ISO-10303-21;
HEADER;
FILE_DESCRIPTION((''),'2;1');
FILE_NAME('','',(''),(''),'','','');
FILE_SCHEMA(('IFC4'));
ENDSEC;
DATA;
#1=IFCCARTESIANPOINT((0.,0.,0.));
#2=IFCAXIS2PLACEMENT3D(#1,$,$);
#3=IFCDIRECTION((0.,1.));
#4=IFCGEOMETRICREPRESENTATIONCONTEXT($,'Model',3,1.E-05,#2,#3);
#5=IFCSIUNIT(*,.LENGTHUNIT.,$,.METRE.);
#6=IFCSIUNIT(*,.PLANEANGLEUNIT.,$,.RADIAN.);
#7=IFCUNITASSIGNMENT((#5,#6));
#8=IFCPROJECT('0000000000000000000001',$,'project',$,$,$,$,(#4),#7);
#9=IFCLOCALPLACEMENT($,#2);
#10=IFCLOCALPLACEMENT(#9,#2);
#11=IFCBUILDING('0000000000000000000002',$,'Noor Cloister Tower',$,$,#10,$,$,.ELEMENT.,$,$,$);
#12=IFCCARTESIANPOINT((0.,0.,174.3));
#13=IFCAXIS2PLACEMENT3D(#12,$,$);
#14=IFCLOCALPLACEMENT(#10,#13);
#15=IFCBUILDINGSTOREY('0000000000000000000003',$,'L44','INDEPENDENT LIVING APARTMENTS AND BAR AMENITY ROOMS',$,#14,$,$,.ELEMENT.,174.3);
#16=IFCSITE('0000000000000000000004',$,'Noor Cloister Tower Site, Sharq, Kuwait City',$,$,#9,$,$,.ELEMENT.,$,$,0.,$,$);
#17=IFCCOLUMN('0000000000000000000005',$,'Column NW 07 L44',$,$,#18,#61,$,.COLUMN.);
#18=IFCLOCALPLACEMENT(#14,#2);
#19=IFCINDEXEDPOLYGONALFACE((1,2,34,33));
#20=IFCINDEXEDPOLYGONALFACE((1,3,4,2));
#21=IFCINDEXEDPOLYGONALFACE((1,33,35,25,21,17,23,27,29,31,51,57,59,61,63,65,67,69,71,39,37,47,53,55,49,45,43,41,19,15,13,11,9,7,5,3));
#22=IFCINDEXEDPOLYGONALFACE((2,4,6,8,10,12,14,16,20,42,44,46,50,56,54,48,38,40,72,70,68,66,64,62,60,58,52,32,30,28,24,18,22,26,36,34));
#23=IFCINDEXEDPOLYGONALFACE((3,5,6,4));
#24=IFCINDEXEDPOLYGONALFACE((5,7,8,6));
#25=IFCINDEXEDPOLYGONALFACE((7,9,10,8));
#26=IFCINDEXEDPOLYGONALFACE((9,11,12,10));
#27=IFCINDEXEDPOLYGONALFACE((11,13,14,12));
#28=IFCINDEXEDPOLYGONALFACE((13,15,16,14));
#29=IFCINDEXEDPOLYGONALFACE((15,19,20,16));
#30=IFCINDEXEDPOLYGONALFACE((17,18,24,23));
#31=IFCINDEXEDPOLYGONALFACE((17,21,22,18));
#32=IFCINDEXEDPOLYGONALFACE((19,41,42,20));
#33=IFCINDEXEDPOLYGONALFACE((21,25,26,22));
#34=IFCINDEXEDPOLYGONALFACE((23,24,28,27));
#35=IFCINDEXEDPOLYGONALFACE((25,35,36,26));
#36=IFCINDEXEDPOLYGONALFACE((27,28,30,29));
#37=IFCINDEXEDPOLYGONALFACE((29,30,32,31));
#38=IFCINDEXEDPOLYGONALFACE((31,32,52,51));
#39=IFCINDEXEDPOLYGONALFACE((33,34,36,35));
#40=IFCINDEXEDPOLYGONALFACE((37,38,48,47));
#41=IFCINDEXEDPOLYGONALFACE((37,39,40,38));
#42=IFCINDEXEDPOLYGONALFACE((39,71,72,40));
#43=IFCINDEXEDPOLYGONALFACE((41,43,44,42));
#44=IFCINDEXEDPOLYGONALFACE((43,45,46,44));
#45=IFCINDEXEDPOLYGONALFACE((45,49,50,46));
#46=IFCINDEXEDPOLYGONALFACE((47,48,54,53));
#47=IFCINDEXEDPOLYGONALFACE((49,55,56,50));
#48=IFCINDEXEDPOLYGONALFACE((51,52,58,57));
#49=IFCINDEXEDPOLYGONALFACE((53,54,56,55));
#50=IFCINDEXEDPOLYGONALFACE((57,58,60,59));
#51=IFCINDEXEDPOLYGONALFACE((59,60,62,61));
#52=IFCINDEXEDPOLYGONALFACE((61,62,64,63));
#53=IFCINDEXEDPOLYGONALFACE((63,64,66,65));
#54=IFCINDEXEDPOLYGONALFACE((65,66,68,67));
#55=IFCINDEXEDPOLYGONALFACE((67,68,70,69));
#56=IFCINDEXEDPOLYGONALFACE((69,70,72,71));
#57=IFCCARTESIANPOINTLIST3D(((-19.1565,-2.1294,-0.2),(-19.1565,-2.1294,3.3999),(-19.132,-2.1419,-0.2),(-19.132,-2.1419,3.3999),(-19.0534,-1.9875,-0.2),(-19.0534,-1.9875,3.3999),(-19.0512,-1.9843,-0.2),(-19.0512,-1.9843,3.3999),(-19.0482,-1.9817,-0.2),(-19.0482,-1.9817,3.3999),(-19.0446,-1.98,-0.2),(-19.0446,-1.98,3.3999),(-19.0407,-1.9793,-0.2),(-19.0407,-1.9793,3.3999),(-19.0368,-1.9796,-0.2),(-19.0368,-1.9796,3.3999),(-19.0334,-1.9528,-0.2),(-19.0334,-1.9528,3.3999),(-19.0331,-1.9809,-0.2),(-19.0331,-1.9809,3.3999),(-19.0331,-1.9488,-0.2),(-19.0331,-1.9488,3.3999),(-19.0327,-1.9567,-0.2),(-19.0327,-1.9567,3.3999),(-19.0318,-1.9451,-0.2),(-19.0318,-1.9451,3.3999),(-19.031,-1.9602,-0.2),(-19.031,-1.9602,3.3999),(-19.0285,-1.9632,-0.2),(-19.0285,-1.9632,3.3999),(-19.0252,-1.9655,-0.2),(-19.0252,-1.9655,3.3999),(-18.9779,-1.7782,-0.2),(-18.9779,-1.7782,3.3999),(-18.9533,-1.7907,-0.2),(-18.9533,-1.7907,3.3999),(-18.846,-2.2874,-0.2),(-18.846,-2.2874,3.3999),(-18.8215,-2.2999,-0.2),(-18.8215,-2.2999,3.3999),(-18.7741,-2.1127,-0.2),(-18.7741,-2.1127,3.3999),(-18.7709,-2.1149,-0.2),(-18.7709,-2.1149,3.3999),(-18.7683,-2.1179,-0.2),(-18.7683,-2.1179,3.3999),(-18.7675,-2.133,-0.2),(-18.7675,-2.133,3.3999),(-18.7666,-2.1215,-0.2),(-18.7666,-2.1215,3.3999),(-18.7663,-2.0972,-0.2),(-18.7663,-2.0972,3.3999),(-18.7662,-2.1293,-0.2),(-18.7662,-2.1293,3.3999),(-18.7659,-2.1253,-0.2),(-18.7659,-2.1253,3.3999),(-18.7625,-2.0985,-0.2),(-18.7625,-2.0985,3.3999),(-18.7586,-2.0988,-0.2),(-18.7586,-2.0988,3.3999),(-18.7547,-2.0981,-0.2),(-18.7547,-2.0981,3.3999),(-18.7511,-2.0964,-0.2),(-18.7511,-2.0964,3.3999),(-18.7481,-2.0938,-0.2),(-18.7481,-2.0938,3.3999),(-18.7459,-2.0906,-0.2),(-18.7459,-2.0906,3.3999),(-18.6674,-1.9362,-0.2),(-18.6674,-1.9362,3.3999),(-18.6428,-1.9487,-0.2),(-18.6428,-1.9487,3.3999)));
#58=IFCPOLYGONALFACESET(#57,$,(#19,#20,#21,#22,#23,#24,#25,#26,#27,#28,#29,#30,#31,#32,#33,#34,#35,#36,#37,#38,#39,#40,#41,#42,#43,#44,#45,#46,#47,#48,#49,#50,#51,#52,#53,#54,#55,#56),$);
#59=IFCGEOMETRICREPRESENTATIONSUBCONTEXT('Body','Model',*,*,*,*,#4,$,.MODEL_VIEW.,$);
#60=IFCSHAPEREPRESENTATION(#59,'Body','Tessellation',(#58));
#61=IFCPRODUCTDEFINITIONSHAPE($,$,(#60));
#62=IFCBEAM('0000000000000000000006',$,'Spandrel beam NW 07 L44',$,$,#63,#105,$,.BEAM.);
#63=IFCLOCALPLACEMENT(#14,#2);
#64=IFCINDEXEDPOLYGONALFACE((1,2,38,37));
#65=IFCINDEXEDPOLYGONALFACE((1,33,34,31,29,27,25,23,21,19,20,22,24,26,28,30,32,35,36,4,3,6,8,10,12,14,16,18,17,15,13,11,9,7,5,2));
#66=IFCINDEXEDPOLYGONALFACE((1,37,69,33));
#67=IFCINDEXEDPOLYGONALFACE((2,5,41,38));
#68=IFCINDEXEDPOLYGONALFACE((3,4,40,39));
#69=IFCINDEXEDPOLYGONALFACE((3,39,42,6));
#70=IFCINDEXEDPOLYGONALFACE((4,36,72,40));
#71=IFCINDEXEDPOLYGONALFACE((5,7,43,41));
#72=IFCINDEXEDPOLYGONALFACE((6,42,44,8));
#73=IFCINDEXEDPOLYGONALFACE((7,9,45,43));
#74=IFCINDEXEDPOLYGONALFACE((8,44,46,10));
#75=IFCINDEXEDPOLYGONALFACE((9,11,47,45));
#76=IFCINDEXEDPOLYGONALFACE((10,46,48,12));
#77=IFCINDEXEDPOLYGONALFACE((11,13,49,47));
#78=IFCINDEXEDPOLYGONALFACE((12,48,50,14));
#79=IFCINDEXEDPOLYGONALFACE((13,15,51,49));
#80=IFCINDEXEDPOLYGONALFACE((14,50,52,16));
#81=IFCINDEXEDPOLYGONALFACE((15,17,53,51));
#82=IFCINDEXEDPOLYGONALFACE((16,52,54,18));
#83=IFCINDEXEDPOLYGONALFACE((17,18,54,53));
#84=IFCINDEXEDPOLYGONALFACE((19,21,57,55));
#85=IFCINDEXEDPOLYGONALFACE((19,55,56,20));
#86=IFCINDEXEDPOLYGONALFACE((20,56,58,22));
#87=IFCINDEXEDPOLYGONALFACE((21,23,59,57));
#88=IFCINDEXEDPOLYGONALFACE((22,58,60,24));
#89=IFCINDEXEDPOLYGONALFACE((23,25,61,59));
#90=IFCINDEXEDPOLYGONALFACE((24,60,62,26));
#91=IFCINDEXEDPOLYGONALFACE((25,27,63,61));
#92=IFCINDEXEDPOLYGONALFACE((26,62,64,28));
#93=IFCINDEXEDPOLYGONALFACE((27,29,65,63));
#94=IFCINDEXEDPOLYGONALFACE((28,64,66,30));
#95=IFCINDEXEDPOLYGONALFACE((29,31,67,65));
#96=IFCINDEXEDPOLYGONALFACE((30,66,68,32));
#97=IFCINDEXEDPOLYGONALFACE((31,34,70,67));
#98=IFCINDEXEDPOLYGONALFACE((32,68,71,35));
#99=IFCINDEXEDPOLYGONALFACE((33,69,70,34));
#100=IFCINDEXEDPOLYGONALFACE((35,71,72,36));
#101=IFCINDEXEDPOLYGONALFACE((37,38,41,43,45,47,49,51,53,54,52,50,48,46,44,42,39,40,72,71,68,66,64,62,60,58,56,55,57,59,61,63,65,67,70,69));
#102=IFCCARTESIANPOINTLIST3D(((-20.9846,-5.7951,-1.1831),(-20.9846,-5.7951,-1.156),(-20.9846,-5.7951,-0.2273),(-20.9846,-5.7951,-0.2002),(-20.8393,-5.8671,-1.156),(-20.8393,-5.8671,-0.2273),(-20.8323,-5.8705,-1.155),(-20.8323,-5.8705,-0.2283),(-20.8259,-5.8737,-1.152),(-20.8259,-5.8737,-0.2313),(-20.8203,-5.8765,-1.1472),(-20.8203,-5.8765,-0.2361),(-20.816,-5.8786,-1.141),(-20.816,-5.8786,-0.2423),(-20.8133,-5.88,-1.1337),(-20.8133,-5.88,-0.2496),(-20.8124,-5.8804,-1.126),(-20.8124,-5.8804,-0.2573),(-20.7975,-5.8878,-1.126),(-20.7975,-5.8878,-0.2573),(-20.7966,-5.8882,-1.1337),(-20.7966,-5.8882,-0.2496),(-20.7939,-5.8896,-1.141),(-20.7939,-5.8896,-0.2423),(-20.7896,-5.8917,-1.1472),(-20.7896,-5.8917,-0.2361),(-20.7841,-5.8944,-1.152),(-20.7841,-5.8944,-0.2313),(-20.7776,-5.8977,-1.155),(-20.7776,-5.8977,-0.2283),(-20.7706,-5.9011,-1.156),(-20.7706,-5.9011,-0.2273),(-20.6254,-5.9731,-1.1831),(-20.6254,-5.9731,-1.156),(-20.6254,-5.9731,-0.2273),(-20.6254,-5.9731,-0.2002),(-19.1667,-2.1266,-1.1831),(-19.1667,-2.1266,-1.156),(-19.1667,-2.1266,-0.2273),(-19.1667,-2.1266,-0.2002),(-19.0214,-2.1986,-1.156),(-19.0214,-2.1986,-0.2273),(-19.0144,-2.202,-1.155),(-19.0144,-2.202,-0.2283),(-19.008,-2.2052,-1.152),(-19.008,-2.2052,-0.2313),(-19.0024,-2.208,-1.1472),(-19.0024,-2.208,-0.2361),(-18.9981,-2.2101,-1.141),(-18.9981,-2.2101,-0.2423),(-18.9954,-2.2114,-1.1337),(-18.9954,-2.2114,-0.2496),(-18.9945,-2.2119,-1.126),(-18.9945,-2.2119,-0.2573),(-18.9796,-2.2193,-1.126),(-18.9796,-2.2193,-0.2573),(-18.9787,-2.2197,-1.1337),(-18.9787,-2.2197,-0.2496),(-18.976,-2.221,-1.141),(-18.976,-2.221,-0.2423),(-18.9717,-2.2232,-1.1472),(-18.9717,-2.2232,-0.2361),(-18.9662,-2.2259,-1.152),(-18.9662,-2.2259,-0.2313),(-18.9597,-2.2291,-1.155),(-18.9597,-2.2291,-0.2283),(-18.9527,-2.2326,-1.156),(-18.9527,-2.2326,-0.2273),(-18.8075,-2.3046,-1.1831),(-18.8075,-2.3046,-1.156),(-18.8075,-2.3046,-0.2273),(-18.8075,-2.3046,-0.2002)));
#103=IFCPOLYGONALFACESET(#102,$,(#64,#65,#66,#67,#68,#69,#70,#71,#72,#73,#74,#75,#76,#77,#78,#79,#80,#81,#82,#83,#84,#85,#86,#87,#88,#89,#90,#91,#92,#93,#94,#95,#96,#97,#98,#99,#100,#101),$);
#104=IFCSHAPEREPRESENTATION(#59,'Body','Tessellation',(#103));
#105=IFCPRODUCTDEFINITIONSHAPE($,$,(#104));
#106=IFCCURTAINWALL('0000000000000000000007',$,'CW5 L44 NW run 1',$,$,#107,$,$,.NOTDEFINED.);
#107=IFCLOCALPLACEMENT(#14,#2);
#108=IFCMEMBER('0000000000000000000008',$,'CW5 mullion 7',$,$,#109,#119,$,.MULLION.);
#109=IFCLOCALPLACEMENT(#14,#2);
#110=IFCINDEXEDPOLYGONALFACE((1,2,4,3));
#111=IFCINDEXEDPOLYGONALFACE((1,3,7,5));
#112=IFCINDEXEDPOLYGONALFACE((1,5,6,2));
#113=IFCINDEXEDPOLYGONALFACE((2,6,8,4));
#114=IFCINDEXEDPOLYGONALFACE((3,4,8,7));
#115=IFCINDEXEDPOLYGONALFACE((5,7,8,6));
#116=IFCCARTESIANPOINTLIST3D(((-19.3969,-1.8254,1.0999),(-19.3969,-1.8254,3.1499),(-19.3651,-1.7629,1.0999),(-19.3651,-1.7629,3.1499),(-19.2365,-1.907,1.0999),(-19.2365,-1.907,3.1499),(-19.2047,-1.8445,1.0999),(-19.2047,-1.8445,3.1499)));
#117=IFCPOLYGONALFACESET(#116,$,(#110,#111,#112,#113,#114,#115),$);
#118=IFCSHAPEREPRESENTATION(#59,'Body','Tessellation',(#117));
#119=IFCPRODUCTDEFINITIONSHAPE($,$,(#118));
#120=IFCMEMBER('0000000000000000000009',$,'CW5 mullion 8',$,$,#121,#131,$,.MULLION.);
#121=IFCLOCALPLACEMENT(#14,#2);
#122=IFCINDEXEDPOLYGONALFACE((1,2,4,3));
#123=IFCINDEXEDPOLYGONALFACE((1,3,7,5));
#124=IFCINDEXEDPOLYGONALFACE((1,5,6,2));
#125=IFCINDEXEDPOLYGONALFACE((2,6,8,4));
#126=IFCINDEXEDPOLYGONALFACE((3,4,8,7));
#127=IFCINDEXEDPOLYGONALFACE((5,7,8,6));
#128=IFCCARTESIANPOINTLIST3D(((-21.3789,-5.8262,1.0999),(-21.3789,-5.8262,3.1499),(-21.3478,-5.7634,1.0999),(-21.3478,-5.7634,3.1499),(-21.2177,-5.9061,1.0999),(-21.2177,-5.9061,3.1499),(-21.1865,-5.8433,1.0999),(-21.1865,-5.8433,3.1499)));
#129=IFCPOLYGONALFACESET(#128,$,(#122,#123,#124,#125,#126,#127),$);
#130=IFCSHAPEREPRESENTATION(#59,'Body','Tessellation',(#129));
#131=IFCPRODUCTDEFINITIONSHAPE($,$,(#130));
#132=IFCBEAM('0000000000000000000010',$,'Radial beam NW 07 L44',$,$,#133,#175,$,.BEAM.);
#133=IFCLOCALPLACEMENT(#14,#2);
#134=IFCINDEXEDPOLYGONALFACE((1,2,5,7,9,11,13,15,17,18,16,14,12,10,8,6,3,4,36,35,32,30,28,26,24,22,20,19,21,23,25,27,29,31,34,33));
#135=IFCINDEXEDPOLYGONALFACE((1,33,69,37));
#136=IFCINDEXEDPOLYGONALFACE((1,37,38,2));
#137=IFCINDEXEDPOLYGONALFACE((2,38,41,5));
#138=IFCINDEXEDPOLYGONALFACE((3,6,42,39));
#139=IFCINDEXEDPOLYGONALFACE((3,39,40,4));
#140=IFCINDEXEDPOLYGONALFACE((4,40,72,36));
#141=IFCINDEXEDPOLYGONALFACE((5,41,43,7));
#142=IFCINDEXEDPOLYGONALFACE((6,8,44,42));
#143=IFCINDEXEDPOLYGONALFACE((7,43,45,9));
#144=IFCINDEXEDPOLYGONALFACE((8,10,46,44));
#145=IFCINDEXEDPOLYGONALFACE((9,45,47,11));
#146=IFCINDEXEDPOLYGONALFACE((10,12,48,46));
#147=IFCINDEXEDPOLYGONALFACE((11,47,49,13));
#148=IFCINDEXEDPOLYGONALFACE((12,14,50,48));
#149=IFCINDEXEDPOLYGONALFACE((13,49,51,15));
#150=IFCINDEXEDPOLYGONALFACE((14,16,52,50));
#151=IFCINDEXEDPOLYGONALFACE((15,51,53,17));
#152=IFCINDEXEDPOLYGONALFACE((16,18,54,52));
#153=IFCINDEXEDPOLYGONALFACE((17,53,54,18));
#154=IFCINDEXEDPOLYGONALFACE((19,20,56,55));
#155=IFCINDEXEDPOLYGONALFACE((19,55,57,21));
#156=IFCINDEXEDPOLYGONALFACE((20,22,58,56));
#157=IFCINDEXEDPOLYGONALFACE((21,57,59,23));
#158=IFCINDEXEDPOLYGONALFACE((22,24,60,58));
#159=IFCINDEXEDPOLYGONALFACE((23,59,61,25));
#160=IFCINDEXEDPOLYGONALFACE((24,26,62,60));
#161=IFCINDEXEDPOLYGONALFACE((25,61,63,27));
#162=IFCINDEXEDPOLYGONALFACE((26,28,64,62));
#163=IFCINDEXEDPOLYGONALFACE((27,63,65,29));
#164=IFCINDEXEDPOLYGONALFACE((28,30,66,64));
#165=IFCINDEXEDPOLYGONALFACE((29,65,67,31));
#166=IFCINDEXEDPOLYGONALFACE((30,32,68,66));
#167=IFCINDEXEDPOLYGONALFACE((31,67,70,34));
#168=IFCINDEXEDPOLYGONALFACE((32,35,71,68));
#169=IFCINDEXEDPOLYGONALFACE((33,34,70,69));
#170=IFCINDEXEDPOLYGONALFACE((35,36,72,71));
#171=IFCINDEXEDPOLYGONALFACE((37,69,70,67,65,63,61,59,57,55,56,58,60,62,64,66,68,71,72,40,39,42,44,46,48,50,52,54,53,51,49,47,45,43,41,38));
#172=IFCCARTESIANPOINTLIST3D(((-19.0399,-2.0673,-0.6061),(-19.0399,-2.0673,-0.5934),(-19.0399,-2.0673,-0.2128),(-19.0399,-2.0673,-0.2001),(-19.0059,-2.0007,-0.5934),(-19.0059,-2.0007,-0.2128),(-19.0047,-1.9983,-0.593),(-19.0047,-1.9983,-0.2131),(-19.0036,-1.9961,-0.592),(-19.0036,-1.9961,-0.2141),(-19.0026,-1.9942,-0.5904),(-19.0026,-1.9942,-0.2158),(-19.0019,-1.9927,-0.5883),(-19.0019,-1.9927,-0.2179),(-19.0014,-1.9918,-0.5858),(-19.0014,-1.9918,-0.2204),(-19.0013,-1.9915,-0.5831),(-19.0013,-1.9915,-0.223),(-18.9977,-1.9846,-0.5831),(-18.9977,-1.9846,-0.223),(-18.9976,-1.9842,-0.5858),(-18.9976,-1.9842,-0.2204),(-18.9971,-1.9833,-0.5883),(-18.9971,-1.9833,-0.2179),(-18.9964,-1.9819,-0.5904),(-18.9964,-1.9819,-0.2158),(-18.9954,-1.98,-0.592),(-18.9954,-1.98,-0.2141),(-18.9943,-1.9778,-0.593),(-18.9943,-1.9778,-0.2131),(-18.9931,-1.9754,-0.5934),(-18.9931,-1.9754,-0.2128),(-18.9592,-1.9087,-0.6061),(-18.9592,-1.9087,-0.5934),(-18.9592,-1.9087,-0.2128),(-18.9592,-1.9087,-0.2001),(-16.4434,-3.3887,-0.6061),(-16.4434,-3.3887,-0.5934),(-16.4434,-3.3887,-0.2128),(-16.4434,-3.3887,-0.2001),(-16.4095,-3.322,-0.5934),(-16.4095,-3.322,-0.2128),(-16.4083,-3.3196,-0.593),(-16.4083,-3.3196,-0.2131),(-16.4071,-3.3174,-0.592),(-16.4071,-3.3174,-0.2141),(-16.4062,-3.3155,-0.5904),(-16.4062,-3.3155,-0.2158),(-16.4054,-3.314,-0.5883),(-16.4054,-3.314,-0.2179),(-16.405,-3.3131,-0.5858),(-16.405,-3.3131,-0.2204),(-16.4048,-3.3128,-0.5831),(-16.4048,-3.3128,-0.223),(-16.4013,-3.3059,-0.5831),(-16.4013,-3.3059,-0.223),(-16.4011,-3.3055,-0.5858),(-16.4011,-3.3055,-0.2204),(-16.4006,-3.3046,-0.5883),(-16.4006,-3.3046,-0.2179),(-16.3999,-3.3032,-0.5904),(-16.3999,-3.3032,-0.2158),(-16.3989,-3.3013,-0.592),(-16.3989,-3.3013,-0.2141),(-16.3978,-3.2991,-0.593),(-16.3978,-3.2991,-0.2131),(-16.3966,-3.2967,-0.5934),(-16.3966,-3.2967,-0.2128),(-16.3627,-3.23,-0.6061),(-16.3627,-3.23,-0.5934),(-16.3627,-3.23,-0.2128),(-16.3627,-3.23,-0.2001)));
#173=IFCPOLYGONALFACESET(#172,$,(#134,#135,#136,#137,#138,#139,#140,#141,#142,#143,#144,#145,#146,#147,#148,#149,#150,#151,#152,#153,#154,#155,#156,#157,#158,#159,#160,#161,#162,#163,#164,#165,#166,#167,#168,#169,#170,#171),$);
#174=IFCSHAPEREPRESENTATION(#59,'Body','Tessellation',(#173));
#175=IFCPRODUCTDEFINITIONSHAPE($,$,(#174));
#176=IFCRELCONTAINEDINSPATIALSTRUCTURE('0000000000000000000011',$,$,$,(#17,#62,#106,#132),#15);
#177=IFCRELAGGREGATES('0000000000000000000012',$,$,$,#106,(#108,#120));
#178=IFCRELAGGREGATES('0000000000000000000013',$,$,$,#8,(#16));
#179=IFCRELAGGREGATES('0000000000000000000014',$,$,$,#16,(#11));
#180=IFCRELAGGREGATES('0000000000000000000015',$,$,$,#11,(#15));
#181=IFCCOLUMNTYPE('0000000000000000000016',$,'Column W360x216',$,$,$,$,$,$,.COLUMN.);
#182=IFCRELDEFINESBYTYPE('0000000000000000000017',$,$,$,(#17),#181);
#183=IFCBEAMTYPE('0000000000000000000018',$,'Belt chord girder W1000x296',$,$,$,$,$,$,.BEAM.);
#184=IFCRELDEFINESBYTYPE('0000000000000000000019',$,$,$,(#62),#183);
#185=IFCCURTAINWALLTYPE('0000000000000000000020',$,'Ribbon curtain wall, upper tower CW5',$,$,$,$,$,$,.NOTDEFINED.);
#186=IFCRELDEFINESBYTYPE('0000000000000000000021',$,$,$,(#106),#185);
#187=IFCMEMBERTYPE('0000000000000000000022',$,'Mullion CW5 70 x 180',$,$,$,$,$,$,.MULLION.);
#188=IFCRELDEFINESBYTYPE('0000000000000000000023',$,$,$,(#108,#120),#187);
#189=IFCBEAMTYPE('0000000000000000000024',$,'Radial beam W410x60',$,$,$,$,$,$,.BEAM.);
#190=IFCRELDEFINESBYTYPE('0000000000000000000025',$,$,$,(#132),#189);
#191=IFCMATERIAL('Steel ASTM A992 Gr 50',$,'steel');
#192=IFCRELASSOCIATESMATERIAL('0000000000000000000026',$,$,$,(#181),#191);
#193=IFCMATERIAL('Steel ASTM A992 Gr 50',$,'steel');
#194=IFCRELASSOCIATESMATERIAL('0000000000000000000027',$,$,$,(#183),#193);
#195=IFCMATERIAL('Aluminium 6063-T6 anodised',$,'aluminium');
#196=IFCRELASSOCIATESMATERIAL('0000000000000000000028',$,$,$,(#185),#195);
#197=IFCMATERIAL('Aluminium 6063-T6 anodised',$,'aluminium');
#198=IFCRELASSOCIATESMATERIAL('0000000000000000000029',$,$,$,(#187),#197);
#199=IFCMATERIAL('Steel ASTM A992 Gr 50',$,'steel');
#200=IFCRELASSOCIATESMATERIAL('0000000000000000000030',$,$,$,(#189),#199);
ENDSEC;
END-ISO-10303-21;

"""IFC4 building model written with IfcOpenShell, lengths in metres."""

from ifc_helpers import new_model, si_unit, direction, frame, origin, origin_2d, place, context, subcontext, project, spatial, rectangle, i_section, extrude, material, material_profile, profile_set, type_object, element, aggregate, save


model = new_model("IFC4")

# Units and contexts
model_context = context("Model", 3, precision=1e-05, world=origin(), true_north=direction((0.0, 1.0)))
body_context = subcontext(model_context, "Body", "Model", "MODEL_VIEW")
ifc_project = project(units=[si_unit("LENGTHUNIT", "METRE"), si_unit("PLANEANGLEUNIT", "RADIAN")], contexts=[model_context])

# Site, building, storey
site_placement = place(None, origin())
site = spatial("IfcSite", under=ifc_project, at=site_placement, Name="Noor Cloister Tower Site, Sharq, Kuwait City", CompositionType="ELEMENT", RefElevation=0.0)
building_placement = place(site_placement, origin())
building = spatial("IfcBuilding", under=site, at=building_placement, Name="Noor Cloister Tower", CompositionType="ELEMENT")
storey_placement = place(building_placement, frame((0.0, 0.0, 174.3)))
storey = spatial("IfcBuildingStorey", under=building, at=storey_placement, Name="L44", Description="INDEPENDENT LIVING APARTMENTS AND BAR AMENITY ROOMS", CompositionType="ELEMENT", Elevation=174.3)

# Column
ifc_material_1 = material(Name="Steel ASTM A992 Gr 50", Category="steel")
ifc_material_profile_1 = material_profile(ifc_material_1, i_section(OverallWidth=0.394, OverallDepth=0.376, WebThickness=0.0173, FlangeThickness=0.0276, FilletRadius=0.0151, at=origin_2d()), Name="W360x216")
ifc_profile_set_1 = profile_set([ifc_material_profile_1], Name="Steel ASTM A992 Gr 50")
column_type = type_object("IfcColumnType", Name="Column W360x216", PredefinedType="COLUMN", material=ifc_profile_set_1)
column_placement = place(storey_placement, frame((-18.8997, -2.0391, -0.2), z_axis=(0.0, 0.0, 1.0), x_axis=(-0.453461, -0.891276, 0.0)))
element("IfcColumn", 1, at=column_placement, inside=storey, type_object=column_type, Name="Column NW 07 L44", PredefinedType="COLUMN", context=body_context, shape_type="SweptSolid", body=[
    extrude(i_section(OverallWidth=0.394, OverallDepth=0.376, WebThickness=0.0173, FlangeThickness=0.0276, FilletRadius=0.0151, at=origin_2d()), origin(), (0.0, 0.0, 1.0), 3.5999),
])

# Beam
ifc_material_2 = material(Name="Steel ASTM A992 Gr 50", Category="steel")
ifc_material_profile_2 = material_profile(ifc_material_2, i_section(OverallWidth=0.4009, OverallDepth=0.9829, WebThickness=0.0166, FlangeThickness=0.0271, FilletRadius=0.03, at=origin_2d()), Name="W1000x296")
ifc_profile_set_2 = profile_set([ifc_material_profile_2], Name="Steel ASTM A992 Gr 50")
beam_type_1 = type_object("IfcBeamType", Name="Belt chord girder W1000x296", PredefinedType="BEAM", material=ifc_profile_set_2)
beam_1_placement = place(storey_placement, frame((-18.9871, -2.2156, -0.6917), z_axis=(-0.444015, -0.89602, 0.0), x_axis=(0.89602, -0.444015, 0.0)))
element("IfcBeam", 2, at=beam_1_placement, inside=storey, type_object=beam_type_1, Name="Spandrel beam NW 07 L44", PredefinedType="BEAM", context=body_context, shape_type="SweptSolid", body=[
    extrude(i_section(OverallWidth=0.4009, OverallDepth=0.9829, WebThickness=0.0166, FlangeThickness=0.0271, FilletRadius=0.03, at=origin_2d()), origin(), (0.0, 0.0, 1.0), 4.0942),
])

# Curtain wall, members
ifc_material_3 = material(Name="Aluminium 6063-T6 anodised", Category="aluminium")
curtain_wall_type = type_object("IfcCurtainWallType", Name="Ribbon curtain wall, upper tower CW5", PredefinedType="NOTDEFINED", material=ifc_material_3)
curtain_wall_placement = place(storey_placement, origin())
curtain_wall = element("IfcCurtainWall", 3, at=curtain_wall_placement, inside=storey, type_object=curtain_wall_type, Name="CW5 L44 NW run 1", PredefinedType="NOTDEFINED")
ifc_material_4 = material(Name="Aluminium 6063-T6 anodised", Category="aluminium")
ifc_material_profile_3 = material_profile(ifc_material_4, rectangle(XDim=0.1799, YDim=0.0701, at=origin_2d()), Name="180 x 70 mullion")
ifc_profile_set_3 = profile_set([ifc_material_profile_3], Name="Aluminium 6063-T6 anodised")
member_type = type_object("IfcMemberType", Name="Mullion CW5 70 x 180", PredefinedType="MULLION", material=ifc_profile_set_3)
member_1_placement = place(storey_placement, frame((-19.3008, -1.835, 1.0999), z_axis=(0.0, 0.0, 1.0), x_axis=(0.891276, -0.453461, 0.0)))
member_1 = element("IfcMember", 4, at=member_1_placement, type_object=member_type, Name="CW5 mullion 7", PredefinedType="MULLION", context=body_context, shape_type="SweptSolid", body=[
    extrude(rectangle(XDim=0.1799, YDim=0.0701, at=origin_2d()), origin(), (0.0, 0.0, 1.0), 2.05),
])
member_2_placement = place(storey_placement, frame((-21.2827, -5.8347, 1.0999), z_axis=(0.0, 0.0, 1.0), x_axis=(0.896029, -0.443997, 0.0)))
member_2 = element("IfcMember", 5, at=member_2_placement, type_object=member_type, Name="CW5 mullion 8", PredefinedType="MULLION", context=body_context, shape_type="SweptSolid", body=[
    extrude(rectangle(XDim=0.1799, YDim=0.0701, at=origin_2d()), origin(), (0.0, 0.0, 1.0), 2.05),
])

# Beam
ifc_material_5 = material(Name="Steel ASTM A992 Gr 50", Category="steel")
ifc_material_profile_4 = material_profile(ifc_material_5, i_section(OverallWidth=0.178, OverallDepth=0.406, WebThickness=0.0078, FlangeThickness=0.0127, FilletRadius=0.0103, at=origin_2d()), Name="W410x60")
ifc_profile_set_4 = profile_set([ifc_material_profile_4], Name="Steel ASTM A992 Gr 50")
beam_type_2 = type_object("IfcBeamType", Name="Radial beam W410x60", PredefinedType="BEAM", material=ifc_profile_set_4)
beam_2_placement = place(storey_placement, frame((-18.9995, -1.988, -0.4031), z_axis=(0.891237, -0.453538, 0.0), x_axis=(0.453538, 0.891237, 0.0)))
element("IfcBeam", 6, at=beam_2_placement, inside=storey, type_object=beam_type_2, Name="Radial beam NW 07 L44", PredefinedType="BEAM", context=body_context, shape_type="SweptSolid", body=[
    extrude(i_section(OverallWidth=0.178, OverallDepth=0.406, WebThickness=0.0078, FlangeThickness=0.0127, FilletRadius=0.0103, at=origin_2d()), origin(), (0.0, 0.0, 1.0), 2.9133),
])

aggregate(curtain_wall, [member_1, member_2])

save(model, "model.ifc")
